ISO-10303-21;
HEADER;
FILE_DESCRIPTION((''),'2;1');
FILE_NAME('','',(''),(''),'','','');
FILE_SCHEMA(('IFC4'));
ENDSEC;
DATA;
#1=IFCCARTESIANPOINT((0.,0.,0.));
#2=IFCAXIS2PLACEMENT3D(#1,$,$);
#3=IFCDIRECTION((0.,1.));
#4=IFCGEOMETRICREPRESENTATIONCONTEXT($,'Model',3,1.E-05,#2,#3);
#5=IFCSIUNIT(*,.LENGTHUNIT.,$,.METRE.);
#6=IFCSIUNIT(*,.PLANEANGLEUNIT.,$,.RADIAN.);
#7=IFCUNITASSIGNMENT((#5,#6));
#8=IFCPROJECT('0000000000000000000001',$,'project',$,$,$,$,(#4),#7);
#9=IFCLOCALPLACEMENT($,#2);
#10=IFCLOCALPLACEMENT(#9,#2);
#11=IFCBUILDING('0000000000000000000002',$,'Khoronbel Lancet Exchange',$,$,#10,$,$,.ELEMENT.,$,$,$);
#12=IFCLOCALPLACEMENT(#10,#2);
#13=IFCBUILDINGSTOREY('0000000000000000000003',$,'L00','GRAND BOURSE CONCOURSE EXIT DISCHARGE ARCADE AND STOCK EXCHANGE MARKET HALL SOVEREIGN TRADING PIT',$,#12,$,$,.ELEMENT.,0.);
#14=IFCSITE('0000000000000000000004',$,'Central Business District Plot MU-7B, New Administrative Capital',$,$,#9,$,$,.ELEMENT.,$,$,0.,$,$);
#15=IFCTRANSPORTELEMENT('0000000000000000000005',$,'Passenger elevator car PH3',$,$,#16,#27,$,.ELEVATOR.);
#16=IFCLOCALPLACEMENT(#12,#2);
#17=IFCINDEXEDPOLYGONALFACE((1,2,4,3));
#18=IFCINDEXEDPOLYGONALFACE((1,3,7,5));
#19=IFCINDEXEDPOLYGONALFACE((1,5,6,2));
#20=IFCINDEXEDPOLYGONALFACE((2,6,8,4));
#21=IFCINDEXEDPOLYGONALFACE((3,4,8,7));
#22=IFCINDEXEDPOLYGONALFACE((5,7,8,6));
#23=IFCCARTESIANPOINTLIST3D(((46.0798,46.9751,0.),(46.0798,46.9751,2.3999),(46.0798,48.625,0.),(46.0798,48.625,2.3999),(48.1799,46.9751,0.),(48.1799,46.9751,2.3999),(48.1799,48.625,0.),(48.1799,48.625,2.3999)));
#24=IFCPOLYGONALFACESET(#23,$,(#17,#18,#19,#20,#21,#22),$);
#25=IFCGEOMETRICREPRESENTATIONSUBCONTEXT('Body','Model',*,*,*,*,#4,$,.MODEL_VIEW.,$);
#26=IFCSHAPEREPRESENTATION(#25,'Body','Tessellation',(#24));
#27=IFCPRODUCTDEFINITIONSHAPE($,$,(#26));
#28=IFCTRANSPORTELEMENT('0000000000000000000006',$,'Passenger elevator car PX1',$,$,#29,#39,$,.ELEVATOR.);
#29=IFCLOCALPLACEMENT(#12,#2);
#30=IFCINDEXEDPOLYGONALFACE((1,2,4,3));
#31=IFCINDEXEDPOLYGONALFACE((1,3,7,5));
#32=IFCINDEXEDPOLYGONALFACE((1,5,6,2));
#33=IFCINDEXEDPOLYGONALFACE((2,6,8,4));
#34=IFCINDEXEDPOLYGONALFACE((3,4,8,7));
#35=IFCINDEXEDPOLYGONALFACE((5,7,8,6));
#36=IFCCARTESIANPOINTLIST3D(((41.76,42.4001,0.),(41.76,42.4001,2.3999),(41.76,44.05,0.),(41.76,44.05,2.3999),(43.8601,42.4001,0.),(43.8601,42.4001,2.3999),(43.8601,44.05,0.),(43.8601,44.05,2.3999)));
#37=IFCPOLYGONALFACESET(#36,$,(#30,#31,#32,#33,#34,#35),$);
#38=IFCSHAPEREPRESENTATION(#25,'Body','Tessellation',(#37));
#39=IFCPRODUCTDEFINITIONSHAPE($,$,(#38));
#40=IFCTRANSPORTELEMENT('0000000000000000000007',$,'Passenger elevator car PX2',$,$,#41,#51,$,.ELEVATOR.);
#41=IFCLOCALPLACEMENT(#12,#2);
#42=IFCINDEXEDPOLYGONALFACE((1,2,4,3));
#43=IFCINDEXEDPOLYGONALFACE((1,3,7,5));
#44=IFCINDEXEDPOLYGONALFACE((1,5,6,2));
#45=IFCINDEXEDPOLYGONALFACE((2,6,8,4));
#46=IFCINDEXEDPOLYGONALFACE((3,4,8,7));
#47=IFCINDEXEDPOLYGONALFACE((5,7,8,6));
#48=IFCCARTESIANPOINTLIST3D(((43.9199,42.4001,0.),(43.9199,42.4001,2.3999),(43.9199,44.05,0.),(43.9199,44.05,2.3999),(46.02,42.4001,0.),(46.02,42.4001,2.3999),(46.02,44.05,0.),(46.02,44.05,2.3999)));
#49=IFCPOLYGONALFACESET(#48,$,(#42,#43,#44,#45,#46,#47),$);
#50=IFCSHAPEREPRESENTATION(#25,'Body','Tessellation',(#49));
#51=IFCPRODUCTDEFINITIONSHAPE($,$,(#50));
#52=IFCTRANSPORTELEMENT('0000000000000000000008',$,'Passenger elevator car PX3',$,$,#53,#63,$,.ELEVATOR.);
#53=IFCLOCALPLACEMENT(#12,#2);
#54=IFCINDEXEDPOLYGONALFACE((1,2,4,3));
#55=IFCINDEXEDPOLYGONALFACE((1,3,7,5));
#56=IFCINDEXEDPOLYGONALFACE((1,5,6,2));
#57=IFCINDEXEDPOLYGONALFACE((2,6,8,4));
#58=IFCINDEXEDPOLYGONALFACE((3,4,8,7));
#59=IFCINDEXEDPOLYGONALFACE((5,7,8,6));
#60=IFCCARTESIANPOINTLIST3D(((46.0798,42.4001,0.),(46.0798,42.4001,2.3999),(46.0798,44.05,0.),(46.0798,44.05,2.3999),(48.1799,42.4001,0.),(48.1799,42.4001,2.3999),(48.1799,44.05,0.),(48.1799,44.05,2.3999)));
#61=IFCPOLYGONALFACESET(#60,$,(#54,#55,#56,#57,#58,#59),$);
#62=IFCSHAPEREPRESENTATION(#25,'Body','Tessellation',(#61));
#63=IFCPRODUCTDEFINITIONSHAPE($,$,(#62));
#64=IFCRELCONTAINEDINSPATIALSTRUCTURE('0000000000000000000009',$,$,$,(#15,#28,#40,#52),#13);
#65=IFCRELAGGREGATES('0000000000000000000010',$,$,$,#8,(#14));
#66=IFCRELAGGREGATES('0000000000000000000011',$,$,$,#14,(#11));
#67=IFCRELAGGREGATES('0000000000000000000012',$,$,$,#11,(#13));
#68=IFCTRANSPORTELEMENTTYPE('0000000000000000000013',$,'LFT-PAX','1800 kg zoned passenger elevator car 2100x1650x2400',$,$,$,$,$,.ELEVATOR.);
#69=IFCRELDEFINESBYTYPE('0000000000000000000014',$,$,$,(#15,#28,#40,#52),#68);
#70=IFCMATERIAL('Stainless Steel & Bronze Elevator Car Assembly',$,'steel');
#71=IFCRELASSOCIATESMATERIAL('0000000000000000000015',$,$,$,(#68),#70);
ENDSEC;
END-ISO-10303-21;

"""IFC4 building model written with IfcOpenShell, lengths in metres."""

from ifc_helpers import new_model, si_unit, direction, frame, origin, origin_2d, place, context, subcontext, project, spatial, rectangle, extrude, material, type_object, element, save


model = new_model("IFC4")

# Units and contexts
model_context = context("Model", 3, precision=1e-05, world=origin(), true_north=direction((0.0, 1.0)))
body_context = subcontext(model_context, "Body", "Model", "MODEL_VIEW")
ifc_project = project(units=[si_unit("LENGTHUNIT", "METRE"), si_unit("PLANEANGLEUNIT", "RADIAN")], contexts=[model_context])

# Site, building, storey
site_placement = place(None, origin())
site = spatial("IfcSite", under=ifc_project, at=site_placement, Name="Central Business District Plot MU-7B, New Administrative Capital", CompositionType="ELEMENT", RefElevation=0.0)
building_placement = place(site_placement, origin())
building = spatial("IfcBuilding", under=site, at=building_placement, Name="Khoronbel Lancet Exchange", CompositionType="ELEMENT")
storey_placement = place(building_placement, origin())
storey = spatial("IfcBuildingStorey", under=building, at=storey_placement, Name="L00", Description="GRAND BOURSE CONCOURSE EXIT DISCHARGE ARCADE AND STOCK EXCHANGE MARKET HALL SOVEREIGN TRADING PIT", CompositionType="ELEMENT", Elevation=0.0)

# Transport elements
ifc_material_1 = material(Name="Stainless Steel & Bronze Elevator Car Assembly", Category="steel")
transport_element_type = type_object("IfcTransportElementType", Name="LFT-PAX", Description="1800 kg zoned passenger elevator car 2100x1650x2400", PredefinedType="ELEVATOR", material=ifc_material_1)
for number, where, z_axis, x_axis, name in (
    (1, (47.1299, 47.8, 0.0), (0.0, 0.0, 1.0), (1.0, 0.0, 0.0), "Passenger elevator car PH3"),
    (2, (42.8101, 43.2251, 0.0), (0.0, 0.0, 1.0), (1.0, 0.0, 0.0), "Passenger elevator car PX1"),
    (3, (44.97, 43.2251, 0.0), (0.0, 0.0, 1.0), (1.0, 0.0, 0.0), "Passenger elevator car PX2"),
    (4, (47.1299, 43.2251, 0.0), (0.0, 0.0, 1.0), (1.0, 0.0, 0.0), "Passenger elevator car PX3"),
):
    element("IfcTransportElement", number, at=place(storey_placement, frame(where, z_axis=z_axis, x_axis=x_axis)), inside=storey, type_object=transport_element_type, Name=name, PredefinedType="ELEVATOR", context=body_context, shape_type="SweptSolid", body=[
        extrude(rectangle(XDim=2.1001, YDim=1.6499, at=origin_2d()), origin(), (0.0, 0.0, 1.0), 2.3999),
    ])

save(model, "model.ifc")
